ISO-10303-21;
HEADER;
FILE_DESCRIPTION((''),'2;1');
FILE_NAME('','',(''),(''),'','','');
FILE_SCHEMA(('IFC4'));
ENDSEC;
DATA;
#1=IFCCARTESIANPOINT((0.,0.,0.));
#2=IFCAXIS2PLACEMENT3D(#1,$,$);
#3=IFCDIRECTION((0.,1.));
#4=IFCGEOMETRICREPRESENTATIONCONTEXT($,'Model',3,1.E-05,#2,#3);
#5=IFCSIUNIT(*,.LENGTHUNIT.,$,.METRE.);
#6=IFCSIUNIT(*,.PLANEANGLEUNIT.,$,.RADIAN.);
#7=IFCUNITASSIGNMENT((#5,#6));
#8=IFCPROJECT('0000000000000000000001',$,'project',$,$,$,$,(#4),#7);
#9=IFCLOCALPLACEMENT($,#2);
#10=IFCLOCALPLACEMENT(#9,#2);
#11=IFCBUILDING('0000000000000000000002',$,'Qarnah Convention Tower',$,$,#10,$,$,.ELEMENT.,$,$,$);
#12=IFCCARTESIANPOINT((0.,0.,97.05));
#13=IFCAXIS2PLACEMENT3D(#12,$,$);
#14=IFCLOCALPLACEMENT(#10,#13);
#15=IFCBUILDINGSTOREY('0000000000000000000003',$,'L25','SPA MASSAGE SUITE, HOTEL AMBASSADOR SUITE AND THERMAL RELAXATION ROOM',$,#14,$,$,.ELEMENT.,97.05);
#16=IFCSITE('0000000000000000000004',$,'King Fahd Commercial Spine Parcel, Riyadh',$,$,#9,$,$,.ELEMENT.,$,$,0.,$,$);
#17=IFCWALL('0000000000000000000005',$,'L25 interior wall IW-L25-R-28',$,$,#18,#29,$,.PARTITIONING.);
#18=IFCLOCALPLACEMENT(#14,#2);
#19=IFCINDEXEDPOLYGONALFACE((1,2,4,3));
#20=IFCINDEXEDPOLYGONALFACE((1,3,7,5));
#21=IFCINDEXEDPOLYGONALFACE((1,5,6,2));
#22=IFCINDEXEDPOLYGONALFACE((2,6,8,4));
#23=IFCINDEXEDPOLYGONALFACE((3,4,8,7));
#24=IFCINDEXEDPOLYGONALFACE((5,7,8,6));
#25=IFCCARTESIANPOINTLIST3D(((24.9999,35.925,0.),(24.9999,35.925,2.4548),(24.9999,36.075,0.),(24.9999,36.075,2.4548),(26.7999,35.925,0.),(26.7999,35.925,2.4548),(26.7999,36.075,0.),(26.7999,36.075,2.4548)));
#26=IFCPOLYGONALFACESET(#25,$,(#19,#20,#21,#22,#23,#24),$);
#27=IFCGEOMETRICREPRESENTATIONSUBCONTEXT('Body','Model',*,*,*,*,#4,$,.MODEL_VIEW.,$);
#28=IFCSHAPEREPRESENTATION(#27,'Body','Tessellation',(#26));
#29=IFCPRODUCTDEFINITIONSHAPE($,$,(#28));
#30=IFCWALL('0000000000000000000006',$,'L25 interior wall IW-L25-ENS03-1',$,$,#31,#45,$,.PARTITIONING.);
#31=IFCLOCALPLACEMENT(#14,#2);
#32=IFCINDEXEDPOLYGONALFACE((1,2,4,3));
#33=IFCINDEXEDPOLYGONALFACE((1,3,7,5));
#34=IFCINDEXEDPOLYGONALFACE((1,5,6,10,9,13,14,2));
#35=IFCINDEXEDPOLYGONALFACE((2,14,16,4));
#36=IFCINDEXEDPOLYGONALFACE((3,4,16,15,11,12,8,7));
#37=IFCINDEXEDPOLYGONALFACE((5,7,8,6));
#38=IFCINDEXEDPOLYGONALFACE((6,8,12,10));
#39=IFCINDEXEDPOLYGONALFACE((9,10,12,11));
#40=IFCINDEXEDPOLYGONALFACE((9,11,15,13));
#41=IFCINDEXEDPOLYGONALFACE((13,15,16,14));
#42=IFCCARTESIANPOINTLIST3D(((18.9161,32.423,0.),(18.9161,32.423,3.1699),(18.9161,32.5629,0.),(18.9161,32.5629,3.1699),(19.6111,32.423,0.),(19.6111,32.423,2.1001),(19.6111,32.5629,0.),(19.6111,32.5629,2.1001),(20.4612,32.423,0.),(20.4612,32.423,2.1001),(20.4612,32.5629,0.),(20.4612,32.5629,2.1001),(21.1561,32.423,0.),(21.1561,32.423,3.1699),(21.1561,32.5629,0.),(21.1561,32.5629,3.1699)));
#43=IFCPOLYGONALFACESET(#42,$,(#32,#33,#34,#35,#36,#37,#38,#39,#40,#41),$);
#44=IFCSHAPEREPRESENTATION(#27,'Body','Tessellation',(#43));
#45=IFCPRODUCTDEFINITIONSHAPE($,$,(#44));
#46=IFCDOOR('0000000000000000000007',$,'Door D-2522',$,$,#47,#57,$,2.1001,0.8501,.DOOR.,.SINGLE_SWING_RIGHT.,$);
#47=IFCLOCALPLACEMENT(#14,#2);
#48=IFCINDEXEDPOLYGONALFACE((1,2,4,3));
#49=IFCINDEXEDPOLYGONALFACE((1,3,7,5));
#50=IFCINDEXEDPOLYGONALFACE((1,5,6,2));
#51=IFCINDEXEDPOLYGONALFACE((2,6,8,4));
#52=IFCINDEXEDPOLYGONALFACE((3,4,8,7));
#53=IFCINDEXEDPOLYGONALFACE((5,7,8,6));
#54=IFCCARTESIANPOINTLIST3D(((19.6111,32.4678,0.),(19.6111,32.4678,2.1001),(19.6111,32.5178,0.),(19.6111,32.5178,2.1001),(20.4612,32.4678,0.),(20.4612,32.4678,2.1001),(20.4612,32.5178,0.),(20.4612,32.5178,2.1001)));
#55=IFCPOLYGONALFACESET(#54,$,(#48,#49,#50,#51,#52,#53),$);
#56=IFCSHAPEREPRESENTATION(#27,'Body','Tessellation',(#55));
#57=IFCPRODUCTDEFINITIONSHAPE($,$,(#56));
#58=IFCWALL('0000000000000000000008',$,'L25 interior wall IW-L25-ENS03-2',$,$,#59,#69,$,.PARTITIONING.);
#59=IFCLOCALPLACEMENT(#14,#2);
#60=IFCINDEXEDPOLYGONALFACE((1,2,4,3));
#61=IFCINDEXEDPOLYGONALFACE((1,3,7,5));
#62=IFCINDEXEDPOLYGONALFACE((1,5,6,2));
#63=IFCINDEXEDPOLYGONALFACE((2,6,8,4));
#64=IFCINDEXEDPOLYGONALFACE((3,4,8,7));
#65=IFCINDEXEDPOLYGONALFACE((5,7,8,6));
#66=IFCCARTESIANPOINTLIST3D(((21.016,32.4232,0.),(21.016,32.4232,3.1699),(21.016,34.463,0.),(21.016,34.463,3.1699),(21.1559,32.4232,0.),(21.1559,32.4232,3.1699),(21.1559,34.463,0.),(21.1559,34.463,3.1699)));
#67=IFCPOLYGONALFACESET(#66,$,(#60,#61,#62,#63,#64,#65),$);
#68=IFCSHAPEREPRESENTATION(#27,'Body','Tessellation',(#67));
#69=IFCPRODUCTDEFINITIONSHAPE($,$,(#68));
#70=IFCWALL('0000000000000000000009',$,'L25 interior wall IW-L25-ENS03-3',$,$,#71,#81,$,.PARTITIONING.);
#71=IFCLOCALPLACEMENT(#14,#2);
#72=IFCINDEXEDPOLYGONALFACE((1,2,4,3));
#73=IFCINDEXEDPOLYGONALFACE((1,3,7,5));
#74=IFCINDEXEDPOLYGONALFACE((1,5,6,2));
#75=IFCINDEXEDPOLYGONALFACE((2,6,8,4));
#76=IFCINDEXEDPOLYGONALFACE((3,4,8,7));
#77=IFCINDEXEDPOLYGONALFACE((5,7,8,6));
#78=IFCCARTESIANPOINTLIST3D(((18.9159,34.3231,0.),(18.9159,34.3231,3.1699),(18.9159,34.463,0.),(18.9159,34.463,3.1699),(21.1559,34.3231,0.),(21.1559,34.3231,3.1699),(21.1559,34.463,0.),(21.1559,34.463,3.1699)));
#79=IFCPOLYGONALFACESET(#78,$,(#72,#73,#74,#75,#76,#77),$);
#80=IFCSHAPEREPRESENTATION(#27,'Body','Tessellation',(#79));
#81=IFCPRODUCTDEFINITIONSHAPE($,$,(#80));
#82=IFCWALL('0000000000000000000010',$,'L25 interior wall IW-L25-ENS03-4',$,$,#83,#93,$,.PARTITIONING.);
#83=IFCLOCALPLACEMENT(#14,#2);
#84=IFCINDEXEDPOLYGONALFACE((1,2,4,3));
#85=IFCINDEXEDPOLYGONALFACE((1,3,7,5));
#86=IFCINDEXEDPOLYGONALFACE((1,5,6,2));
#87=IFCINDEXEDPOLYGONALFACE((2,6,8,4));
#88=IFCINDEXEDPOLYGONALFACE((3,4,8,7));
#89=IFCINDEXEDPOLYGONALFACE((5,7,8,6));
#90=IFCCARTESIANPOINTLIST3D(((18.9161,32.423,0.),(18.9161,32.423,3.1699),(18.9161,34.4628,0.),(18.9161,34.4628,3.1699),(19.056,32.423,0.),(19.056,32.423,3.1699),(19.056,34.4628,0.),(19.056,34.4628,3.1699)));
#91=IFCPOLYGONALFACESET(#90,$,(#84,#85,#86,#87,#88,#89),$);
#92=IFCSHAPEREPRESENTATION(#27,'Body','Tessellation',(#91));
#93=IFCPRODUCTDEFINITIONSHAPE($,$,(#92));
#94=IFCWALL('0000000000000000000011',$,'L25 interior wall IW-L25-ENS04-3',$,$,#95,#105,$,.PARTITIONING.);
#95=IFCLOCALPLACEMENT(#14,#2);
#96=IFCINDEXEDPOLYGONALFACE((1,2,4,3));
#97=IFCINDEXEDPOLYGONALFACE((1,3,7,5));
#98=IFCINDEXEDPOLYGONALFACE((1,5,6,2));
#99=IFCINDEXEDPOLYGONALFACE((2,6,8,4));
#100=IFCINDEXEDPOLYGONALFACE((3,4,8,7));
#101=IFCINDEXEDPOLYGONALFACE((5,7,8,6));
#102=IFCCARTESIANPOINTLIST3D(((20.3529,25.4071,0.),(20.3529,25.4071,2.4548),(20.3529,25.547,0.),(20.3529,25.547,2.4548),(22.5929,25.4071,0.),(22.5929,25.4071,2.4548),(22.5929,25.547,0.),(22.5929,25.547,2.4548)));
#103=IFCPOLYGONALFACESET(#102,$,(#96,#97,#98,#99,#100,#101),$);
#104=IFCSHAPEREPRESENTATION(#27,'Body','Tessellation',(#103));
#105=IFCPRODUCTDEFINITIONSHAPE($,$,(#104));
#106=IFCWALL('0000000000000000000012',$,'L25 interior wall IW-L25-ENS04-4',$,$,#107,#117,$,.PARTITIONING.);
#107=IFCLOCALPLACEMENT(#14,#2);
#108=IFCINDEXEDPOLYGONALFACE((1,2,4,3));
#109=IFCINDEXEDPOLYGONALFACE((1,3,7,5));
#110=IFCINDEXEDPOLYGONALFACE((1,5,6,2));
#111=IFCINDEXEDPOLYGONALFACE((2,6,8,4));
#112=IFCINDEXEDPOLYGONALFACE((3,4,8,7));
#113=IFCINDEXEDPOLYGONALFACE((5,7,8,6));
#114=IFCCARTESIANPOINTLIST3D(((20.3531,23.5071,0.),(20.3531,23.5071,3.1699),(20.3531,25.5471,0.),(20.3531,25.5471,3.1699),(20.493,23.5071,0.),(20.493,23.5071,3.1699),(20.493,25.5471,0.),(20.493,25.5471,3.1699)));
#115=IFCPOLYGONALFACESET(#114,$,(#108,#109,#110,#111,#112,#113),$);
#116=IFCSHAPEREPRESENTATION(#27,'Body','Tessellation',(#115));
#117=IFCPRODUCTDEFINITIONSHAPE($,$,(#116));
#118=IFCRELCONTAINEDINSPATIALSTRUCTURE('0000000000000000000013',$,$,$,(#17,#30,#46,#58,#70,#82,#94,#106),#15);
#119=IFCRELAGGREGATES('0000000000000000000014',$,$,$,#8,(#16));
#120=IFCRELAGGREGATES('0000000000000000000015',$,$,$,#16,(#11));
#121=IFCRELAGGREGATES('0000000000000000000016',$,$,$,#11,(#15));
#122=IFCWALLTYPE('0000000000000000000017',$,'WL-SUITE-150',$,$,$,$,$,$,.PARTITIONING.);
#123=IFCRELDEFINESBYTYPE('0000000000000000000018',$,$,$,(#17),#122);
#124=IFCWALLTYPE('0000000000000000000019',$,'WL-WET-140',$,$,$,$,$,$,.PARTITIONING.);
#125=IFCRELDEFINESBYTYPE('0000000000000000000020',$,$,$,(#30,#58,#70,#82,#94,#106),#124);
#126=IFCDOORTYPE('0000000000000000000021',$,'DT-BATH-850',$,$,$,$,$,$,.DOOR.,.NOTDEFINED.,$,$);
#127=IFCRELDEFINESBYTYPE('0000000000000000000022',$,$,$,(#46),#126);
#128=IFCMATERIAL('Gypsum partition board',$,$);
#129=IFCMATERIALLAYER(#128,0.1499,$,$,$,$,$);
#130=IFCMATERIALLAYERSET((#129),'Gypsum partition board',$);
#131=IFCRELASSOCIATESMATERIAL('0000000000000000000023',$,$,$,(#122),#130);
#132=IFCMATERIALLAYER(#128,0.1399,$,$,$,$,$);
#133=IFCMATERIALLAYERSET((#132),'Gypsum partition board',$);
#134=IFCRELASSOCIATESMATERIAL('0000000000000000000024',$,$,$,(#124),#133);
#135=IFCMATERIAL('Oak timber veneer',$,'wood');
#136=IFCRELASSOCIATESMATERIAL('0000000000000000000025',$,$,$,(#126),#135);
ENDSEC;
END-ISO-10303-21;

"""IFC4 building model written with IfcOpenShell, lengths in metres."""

from ifc_helpers import new_model, si_unit, direction, frame, frame_2d, origin, place, context, subcontext, project, spatial, rectangle, extrude, material, layer, layer_set, type_object, element, fill, save


model = new_model("IFC4")

# Units and contexts
model_context = context("Model", 3, precision=1e-05, world=origin(), true_north=direction((0.0, 1.0)))
body_context = subcontext(model_context, "Body", "Model", "MODEL_VIEW")
ifc_project = project(units=[si_unit("LENGTHUNIT", "METRE"), si_unit("PLANEANGLEUNIT", "RADIAN")], contexts=[model_context])

# Site, building, storey
site_placement = place(None, origin())
site = spatial("IfcSite", under=ifc_project, at=site_placement, Name="King Fahd Commercial Spine Parcel, Riyadh", CompositionType="ELEMENT", RefElevation=0.0)
building_placement = place(site_placement, origin())
building = spatial("IfcBuilding", under=site, at=building_placement, Name="Qarnah Convention Tower", CompositionType="ELEMENT")
storey_placement = place(building_placement, frame((0.0, 0.0, 97.05)))
storey = spatial("IfcBuildingStorey", under=building, at=storey_placement, Name="L25", Description="SPA MASSAGE SUITE, HOTEL AMBASSADOR SUITE AND THERMAL RELAXATION ROOM", CompositionType="ELEMENT", Elevation=97.05)

# Shared definitions
ifc_material_1 = material(Name="Gypsum partition board")
ifc_layer_1 = layer(ifc_material_1, 0.1499)
ifc_layer_set_1 = layer_set([ifc_layer_1], Name="Gypsum partition board")
wall_type_1 = type_object("IfcWallType", Name="WL-SUITE-150", PredefinedType="PARTITIONING", material=ifc_layer_set_1)

# Shared definitions
ifc_material_2 = material(Name="Oak timber veneer", Category="wood")

# Wall
wall_1_placement = place(storey_placement, frame((25.0, 36.0, 0.0), z_axis=(0.0, 0.0, 1.0), x_axis=(1.0, 0.0, 0.0)))
element("IfcWall", 1, at=wall_1_placement, inside=storey, type_object=wall_type_1, Name="L25 interior wall IW-L25-R-28", PredefinedType="PARTITIONING", context=body_context, shape_type="SweptSolid", body=[
    extrude(rectangle(XDim=1.8, YDim=0.1499, at=frame_2d((0.8999, 0.0))), origin(), (0.0, 0.0, 1.0), 2.4548),
])

# Wall, opening, door
ifc_layer_2 = layer(ifc_material_1, 0.1399)
ifc_layer_set_2 = layer_set([ifc_layer_2], Name="Gypsum partition board")
wall_type_2 = type_object("IfcWallType", Name="WL-WET-140", PredefinedType="PARTITIONING", material=ifc_layer_set_2)
wall_2_placement = place(storey_placement, frame((18.916, 32.4929, 0.0), z_axis=(0.0, 0.0, 1.0), x_axis=(1.0, 0.0, 0.0)))
wall_2 = element("IfcWall", 2, at=wall_2_placement, inside=storey, type_object=wall_type_2, Name="L25 interior wall IW-L25-ENS03-1", PredefinedType="PARTITIONING", context=body_context, shape_type="SweptSolid", body=[
    extrude(rectangle(XDim=2.24, YDim=0.1399, at=frame_2d((1.1201, 0.0))), origin(), (0.0, 0.0, 1.0), 3.1699),
])
opening_1_placement = place(wall_2_placement, frame((0.6951, 0.0, 0.0)))
opening_1 = element("IfcOpeningElement", 3, at=opening_1_placement, cuts=wall_2, PredefinedType="OPENING", context=body_context, shape_type="SweptSolid", body=[
    extrude(rectangle(XDim=0.8501, YDim=2.1001, at=frame_2d((0.425, 1.05))), frame((0.0, 0.0798, 0.0), z_axis=(0.0, -1.0, 0.0), x_axis=(1.0, 0.0, 0.0)), (0.0, 0.0, 1.0), 0.1599),
])
door_type_1 = type_object("IfcDoorType", Name="DT-BATH-850", OperationType="NOTDEFINED", PredefinedType="DOOR", material=ifc_material_2)
door_1_placement = place(opening_1_placement, origin())
door_1 = element("IfcDoor", 4, at=door_1_placement, inside=storey, type_object=door_type_1, Name="Door D-2522", OperationType="SINGLE_SWING_RIGHT", OverallHeight=2.1001, OverallWidth=0.8501, PredefinedType="DOOR", context=body_context, shape_type="SweptSolid", body=[
    extrude(rectangle(XDim=0.8501, YDim=2.1001, at=frame_2d((0.425, 1.05))), frame((0.0, 0.0249, 0.0), z_axis=(0.0, -1.0, 0.0), x_axis=(1.0, 0.0, 0.0)), (0.0, 0.0, 1.0), 0.05),
])
fill(opening_1, door_1)

# Walls
wall_3_placement = place(storey_placement, frame((21.0859, 32.4231, 0.0), z_axis=(0.0, 0.0, 1.0), x_axis=(0.0, 1.0, 0.0)))
element("IfcWall", 5, at=wall_3_placement, inside=storey, type_object=wall_type_2, Name="L25 interior wall IW-L25-ENS03-2", PredefinedType="PARTITIONING", context=body_context, shape_type="SweptSolid", body=[
    extrude(rectangle(XDim=2.0398, YDim=0.1399, at=frame_2d((1.02, 0.0))), origin(), (0.0, 0.0, 1.0), 3.1699),
])
wall_4_placement = place(storey_placement, frame((21.156, 34.3931, 0.0), z_axis=(0.0, 0.0, 1.0), x_axis=(-1.0, 0.0, 0.0)))
element("IfcWall", 6, at=wall_4_placement, inside=storey, type_object=wall_type_2, Name="L25 interior wall IW-L25-ENS03-3", PredefinedType="PARTITIONING", context=body_context, shape_type="SweptSolid", body=[
    extrude(rectangle(XDim=2.24, YDim=0.1399, at=frame_2d((1.1201, 0.0))), origin(), (0.0, 0.0, 1.0), 3.1699),
])
wall_5_placement = place(storey_placement, frame((18.9861, 34.4629, 0.0), z_axis=(0.0, 0.0, 1.0), x_axis=(0.0, -1.0, 0.0)))
element("IfcWall", 7, at=wall_5_placement, inside=storey, type_object=wall_type_2, Name="L25 interior wall IW-L25-ENS03-4", PredefinedType="PARTITIONING", context=body_context, shape_type="SweptSolid", body=[
    extrude(rectangle(XDim=2.0398, YDim=0.1399, at=frame_2d((1.02, 0.0))), origin(), (0.0, 0.0, 1.0), 3.1699),
])
wall_6_placement = place(storey_placement, frame((22.593, 25.4771, 0.0), z_axis=(0.0, 0.0, 1.0), x_axis=(-1.0, 0.0, 0.0)))
element("IfcWall", 8, at=wall_6_placement, inside=storey, type_object=wall_type_2, Name="L25 interior wall IW-L25-ENS04-3", PredefinedType="PARTITIONING", context=body_context, shape_type="SweptSolid", body=[
    extrude(rectangle(XDim=2.24, YDim=0.1399, at=frame_2d((1.1201, 0.0))), origin(), (0.0, 0.0, 1.0), 2.4548),
])
wall_7_placement = place(storey_placement, frame((20.4231, 25.5471, 0.0), z_axis=(0.0, 0.0, 1.0), x_axis=(0.0, -1.0, 0.0)))
element("IfcWall", 9, at=wall_7_placement, inside=storey, type_object=wall_type_2, Name="L25 interior wall IW-L25-ENS04-4", PredefinedType="PARTITIONING", context=body_context, shape_type="SweptSolid", body=[
    extrude(rectangle(XDim=2.04, YDim=0.1399, at=frame_2d((1.02, 0.0))), origin(), (0.0, 0.0, 1.0), 3.1699),
])

save(model, "model.ifc")
